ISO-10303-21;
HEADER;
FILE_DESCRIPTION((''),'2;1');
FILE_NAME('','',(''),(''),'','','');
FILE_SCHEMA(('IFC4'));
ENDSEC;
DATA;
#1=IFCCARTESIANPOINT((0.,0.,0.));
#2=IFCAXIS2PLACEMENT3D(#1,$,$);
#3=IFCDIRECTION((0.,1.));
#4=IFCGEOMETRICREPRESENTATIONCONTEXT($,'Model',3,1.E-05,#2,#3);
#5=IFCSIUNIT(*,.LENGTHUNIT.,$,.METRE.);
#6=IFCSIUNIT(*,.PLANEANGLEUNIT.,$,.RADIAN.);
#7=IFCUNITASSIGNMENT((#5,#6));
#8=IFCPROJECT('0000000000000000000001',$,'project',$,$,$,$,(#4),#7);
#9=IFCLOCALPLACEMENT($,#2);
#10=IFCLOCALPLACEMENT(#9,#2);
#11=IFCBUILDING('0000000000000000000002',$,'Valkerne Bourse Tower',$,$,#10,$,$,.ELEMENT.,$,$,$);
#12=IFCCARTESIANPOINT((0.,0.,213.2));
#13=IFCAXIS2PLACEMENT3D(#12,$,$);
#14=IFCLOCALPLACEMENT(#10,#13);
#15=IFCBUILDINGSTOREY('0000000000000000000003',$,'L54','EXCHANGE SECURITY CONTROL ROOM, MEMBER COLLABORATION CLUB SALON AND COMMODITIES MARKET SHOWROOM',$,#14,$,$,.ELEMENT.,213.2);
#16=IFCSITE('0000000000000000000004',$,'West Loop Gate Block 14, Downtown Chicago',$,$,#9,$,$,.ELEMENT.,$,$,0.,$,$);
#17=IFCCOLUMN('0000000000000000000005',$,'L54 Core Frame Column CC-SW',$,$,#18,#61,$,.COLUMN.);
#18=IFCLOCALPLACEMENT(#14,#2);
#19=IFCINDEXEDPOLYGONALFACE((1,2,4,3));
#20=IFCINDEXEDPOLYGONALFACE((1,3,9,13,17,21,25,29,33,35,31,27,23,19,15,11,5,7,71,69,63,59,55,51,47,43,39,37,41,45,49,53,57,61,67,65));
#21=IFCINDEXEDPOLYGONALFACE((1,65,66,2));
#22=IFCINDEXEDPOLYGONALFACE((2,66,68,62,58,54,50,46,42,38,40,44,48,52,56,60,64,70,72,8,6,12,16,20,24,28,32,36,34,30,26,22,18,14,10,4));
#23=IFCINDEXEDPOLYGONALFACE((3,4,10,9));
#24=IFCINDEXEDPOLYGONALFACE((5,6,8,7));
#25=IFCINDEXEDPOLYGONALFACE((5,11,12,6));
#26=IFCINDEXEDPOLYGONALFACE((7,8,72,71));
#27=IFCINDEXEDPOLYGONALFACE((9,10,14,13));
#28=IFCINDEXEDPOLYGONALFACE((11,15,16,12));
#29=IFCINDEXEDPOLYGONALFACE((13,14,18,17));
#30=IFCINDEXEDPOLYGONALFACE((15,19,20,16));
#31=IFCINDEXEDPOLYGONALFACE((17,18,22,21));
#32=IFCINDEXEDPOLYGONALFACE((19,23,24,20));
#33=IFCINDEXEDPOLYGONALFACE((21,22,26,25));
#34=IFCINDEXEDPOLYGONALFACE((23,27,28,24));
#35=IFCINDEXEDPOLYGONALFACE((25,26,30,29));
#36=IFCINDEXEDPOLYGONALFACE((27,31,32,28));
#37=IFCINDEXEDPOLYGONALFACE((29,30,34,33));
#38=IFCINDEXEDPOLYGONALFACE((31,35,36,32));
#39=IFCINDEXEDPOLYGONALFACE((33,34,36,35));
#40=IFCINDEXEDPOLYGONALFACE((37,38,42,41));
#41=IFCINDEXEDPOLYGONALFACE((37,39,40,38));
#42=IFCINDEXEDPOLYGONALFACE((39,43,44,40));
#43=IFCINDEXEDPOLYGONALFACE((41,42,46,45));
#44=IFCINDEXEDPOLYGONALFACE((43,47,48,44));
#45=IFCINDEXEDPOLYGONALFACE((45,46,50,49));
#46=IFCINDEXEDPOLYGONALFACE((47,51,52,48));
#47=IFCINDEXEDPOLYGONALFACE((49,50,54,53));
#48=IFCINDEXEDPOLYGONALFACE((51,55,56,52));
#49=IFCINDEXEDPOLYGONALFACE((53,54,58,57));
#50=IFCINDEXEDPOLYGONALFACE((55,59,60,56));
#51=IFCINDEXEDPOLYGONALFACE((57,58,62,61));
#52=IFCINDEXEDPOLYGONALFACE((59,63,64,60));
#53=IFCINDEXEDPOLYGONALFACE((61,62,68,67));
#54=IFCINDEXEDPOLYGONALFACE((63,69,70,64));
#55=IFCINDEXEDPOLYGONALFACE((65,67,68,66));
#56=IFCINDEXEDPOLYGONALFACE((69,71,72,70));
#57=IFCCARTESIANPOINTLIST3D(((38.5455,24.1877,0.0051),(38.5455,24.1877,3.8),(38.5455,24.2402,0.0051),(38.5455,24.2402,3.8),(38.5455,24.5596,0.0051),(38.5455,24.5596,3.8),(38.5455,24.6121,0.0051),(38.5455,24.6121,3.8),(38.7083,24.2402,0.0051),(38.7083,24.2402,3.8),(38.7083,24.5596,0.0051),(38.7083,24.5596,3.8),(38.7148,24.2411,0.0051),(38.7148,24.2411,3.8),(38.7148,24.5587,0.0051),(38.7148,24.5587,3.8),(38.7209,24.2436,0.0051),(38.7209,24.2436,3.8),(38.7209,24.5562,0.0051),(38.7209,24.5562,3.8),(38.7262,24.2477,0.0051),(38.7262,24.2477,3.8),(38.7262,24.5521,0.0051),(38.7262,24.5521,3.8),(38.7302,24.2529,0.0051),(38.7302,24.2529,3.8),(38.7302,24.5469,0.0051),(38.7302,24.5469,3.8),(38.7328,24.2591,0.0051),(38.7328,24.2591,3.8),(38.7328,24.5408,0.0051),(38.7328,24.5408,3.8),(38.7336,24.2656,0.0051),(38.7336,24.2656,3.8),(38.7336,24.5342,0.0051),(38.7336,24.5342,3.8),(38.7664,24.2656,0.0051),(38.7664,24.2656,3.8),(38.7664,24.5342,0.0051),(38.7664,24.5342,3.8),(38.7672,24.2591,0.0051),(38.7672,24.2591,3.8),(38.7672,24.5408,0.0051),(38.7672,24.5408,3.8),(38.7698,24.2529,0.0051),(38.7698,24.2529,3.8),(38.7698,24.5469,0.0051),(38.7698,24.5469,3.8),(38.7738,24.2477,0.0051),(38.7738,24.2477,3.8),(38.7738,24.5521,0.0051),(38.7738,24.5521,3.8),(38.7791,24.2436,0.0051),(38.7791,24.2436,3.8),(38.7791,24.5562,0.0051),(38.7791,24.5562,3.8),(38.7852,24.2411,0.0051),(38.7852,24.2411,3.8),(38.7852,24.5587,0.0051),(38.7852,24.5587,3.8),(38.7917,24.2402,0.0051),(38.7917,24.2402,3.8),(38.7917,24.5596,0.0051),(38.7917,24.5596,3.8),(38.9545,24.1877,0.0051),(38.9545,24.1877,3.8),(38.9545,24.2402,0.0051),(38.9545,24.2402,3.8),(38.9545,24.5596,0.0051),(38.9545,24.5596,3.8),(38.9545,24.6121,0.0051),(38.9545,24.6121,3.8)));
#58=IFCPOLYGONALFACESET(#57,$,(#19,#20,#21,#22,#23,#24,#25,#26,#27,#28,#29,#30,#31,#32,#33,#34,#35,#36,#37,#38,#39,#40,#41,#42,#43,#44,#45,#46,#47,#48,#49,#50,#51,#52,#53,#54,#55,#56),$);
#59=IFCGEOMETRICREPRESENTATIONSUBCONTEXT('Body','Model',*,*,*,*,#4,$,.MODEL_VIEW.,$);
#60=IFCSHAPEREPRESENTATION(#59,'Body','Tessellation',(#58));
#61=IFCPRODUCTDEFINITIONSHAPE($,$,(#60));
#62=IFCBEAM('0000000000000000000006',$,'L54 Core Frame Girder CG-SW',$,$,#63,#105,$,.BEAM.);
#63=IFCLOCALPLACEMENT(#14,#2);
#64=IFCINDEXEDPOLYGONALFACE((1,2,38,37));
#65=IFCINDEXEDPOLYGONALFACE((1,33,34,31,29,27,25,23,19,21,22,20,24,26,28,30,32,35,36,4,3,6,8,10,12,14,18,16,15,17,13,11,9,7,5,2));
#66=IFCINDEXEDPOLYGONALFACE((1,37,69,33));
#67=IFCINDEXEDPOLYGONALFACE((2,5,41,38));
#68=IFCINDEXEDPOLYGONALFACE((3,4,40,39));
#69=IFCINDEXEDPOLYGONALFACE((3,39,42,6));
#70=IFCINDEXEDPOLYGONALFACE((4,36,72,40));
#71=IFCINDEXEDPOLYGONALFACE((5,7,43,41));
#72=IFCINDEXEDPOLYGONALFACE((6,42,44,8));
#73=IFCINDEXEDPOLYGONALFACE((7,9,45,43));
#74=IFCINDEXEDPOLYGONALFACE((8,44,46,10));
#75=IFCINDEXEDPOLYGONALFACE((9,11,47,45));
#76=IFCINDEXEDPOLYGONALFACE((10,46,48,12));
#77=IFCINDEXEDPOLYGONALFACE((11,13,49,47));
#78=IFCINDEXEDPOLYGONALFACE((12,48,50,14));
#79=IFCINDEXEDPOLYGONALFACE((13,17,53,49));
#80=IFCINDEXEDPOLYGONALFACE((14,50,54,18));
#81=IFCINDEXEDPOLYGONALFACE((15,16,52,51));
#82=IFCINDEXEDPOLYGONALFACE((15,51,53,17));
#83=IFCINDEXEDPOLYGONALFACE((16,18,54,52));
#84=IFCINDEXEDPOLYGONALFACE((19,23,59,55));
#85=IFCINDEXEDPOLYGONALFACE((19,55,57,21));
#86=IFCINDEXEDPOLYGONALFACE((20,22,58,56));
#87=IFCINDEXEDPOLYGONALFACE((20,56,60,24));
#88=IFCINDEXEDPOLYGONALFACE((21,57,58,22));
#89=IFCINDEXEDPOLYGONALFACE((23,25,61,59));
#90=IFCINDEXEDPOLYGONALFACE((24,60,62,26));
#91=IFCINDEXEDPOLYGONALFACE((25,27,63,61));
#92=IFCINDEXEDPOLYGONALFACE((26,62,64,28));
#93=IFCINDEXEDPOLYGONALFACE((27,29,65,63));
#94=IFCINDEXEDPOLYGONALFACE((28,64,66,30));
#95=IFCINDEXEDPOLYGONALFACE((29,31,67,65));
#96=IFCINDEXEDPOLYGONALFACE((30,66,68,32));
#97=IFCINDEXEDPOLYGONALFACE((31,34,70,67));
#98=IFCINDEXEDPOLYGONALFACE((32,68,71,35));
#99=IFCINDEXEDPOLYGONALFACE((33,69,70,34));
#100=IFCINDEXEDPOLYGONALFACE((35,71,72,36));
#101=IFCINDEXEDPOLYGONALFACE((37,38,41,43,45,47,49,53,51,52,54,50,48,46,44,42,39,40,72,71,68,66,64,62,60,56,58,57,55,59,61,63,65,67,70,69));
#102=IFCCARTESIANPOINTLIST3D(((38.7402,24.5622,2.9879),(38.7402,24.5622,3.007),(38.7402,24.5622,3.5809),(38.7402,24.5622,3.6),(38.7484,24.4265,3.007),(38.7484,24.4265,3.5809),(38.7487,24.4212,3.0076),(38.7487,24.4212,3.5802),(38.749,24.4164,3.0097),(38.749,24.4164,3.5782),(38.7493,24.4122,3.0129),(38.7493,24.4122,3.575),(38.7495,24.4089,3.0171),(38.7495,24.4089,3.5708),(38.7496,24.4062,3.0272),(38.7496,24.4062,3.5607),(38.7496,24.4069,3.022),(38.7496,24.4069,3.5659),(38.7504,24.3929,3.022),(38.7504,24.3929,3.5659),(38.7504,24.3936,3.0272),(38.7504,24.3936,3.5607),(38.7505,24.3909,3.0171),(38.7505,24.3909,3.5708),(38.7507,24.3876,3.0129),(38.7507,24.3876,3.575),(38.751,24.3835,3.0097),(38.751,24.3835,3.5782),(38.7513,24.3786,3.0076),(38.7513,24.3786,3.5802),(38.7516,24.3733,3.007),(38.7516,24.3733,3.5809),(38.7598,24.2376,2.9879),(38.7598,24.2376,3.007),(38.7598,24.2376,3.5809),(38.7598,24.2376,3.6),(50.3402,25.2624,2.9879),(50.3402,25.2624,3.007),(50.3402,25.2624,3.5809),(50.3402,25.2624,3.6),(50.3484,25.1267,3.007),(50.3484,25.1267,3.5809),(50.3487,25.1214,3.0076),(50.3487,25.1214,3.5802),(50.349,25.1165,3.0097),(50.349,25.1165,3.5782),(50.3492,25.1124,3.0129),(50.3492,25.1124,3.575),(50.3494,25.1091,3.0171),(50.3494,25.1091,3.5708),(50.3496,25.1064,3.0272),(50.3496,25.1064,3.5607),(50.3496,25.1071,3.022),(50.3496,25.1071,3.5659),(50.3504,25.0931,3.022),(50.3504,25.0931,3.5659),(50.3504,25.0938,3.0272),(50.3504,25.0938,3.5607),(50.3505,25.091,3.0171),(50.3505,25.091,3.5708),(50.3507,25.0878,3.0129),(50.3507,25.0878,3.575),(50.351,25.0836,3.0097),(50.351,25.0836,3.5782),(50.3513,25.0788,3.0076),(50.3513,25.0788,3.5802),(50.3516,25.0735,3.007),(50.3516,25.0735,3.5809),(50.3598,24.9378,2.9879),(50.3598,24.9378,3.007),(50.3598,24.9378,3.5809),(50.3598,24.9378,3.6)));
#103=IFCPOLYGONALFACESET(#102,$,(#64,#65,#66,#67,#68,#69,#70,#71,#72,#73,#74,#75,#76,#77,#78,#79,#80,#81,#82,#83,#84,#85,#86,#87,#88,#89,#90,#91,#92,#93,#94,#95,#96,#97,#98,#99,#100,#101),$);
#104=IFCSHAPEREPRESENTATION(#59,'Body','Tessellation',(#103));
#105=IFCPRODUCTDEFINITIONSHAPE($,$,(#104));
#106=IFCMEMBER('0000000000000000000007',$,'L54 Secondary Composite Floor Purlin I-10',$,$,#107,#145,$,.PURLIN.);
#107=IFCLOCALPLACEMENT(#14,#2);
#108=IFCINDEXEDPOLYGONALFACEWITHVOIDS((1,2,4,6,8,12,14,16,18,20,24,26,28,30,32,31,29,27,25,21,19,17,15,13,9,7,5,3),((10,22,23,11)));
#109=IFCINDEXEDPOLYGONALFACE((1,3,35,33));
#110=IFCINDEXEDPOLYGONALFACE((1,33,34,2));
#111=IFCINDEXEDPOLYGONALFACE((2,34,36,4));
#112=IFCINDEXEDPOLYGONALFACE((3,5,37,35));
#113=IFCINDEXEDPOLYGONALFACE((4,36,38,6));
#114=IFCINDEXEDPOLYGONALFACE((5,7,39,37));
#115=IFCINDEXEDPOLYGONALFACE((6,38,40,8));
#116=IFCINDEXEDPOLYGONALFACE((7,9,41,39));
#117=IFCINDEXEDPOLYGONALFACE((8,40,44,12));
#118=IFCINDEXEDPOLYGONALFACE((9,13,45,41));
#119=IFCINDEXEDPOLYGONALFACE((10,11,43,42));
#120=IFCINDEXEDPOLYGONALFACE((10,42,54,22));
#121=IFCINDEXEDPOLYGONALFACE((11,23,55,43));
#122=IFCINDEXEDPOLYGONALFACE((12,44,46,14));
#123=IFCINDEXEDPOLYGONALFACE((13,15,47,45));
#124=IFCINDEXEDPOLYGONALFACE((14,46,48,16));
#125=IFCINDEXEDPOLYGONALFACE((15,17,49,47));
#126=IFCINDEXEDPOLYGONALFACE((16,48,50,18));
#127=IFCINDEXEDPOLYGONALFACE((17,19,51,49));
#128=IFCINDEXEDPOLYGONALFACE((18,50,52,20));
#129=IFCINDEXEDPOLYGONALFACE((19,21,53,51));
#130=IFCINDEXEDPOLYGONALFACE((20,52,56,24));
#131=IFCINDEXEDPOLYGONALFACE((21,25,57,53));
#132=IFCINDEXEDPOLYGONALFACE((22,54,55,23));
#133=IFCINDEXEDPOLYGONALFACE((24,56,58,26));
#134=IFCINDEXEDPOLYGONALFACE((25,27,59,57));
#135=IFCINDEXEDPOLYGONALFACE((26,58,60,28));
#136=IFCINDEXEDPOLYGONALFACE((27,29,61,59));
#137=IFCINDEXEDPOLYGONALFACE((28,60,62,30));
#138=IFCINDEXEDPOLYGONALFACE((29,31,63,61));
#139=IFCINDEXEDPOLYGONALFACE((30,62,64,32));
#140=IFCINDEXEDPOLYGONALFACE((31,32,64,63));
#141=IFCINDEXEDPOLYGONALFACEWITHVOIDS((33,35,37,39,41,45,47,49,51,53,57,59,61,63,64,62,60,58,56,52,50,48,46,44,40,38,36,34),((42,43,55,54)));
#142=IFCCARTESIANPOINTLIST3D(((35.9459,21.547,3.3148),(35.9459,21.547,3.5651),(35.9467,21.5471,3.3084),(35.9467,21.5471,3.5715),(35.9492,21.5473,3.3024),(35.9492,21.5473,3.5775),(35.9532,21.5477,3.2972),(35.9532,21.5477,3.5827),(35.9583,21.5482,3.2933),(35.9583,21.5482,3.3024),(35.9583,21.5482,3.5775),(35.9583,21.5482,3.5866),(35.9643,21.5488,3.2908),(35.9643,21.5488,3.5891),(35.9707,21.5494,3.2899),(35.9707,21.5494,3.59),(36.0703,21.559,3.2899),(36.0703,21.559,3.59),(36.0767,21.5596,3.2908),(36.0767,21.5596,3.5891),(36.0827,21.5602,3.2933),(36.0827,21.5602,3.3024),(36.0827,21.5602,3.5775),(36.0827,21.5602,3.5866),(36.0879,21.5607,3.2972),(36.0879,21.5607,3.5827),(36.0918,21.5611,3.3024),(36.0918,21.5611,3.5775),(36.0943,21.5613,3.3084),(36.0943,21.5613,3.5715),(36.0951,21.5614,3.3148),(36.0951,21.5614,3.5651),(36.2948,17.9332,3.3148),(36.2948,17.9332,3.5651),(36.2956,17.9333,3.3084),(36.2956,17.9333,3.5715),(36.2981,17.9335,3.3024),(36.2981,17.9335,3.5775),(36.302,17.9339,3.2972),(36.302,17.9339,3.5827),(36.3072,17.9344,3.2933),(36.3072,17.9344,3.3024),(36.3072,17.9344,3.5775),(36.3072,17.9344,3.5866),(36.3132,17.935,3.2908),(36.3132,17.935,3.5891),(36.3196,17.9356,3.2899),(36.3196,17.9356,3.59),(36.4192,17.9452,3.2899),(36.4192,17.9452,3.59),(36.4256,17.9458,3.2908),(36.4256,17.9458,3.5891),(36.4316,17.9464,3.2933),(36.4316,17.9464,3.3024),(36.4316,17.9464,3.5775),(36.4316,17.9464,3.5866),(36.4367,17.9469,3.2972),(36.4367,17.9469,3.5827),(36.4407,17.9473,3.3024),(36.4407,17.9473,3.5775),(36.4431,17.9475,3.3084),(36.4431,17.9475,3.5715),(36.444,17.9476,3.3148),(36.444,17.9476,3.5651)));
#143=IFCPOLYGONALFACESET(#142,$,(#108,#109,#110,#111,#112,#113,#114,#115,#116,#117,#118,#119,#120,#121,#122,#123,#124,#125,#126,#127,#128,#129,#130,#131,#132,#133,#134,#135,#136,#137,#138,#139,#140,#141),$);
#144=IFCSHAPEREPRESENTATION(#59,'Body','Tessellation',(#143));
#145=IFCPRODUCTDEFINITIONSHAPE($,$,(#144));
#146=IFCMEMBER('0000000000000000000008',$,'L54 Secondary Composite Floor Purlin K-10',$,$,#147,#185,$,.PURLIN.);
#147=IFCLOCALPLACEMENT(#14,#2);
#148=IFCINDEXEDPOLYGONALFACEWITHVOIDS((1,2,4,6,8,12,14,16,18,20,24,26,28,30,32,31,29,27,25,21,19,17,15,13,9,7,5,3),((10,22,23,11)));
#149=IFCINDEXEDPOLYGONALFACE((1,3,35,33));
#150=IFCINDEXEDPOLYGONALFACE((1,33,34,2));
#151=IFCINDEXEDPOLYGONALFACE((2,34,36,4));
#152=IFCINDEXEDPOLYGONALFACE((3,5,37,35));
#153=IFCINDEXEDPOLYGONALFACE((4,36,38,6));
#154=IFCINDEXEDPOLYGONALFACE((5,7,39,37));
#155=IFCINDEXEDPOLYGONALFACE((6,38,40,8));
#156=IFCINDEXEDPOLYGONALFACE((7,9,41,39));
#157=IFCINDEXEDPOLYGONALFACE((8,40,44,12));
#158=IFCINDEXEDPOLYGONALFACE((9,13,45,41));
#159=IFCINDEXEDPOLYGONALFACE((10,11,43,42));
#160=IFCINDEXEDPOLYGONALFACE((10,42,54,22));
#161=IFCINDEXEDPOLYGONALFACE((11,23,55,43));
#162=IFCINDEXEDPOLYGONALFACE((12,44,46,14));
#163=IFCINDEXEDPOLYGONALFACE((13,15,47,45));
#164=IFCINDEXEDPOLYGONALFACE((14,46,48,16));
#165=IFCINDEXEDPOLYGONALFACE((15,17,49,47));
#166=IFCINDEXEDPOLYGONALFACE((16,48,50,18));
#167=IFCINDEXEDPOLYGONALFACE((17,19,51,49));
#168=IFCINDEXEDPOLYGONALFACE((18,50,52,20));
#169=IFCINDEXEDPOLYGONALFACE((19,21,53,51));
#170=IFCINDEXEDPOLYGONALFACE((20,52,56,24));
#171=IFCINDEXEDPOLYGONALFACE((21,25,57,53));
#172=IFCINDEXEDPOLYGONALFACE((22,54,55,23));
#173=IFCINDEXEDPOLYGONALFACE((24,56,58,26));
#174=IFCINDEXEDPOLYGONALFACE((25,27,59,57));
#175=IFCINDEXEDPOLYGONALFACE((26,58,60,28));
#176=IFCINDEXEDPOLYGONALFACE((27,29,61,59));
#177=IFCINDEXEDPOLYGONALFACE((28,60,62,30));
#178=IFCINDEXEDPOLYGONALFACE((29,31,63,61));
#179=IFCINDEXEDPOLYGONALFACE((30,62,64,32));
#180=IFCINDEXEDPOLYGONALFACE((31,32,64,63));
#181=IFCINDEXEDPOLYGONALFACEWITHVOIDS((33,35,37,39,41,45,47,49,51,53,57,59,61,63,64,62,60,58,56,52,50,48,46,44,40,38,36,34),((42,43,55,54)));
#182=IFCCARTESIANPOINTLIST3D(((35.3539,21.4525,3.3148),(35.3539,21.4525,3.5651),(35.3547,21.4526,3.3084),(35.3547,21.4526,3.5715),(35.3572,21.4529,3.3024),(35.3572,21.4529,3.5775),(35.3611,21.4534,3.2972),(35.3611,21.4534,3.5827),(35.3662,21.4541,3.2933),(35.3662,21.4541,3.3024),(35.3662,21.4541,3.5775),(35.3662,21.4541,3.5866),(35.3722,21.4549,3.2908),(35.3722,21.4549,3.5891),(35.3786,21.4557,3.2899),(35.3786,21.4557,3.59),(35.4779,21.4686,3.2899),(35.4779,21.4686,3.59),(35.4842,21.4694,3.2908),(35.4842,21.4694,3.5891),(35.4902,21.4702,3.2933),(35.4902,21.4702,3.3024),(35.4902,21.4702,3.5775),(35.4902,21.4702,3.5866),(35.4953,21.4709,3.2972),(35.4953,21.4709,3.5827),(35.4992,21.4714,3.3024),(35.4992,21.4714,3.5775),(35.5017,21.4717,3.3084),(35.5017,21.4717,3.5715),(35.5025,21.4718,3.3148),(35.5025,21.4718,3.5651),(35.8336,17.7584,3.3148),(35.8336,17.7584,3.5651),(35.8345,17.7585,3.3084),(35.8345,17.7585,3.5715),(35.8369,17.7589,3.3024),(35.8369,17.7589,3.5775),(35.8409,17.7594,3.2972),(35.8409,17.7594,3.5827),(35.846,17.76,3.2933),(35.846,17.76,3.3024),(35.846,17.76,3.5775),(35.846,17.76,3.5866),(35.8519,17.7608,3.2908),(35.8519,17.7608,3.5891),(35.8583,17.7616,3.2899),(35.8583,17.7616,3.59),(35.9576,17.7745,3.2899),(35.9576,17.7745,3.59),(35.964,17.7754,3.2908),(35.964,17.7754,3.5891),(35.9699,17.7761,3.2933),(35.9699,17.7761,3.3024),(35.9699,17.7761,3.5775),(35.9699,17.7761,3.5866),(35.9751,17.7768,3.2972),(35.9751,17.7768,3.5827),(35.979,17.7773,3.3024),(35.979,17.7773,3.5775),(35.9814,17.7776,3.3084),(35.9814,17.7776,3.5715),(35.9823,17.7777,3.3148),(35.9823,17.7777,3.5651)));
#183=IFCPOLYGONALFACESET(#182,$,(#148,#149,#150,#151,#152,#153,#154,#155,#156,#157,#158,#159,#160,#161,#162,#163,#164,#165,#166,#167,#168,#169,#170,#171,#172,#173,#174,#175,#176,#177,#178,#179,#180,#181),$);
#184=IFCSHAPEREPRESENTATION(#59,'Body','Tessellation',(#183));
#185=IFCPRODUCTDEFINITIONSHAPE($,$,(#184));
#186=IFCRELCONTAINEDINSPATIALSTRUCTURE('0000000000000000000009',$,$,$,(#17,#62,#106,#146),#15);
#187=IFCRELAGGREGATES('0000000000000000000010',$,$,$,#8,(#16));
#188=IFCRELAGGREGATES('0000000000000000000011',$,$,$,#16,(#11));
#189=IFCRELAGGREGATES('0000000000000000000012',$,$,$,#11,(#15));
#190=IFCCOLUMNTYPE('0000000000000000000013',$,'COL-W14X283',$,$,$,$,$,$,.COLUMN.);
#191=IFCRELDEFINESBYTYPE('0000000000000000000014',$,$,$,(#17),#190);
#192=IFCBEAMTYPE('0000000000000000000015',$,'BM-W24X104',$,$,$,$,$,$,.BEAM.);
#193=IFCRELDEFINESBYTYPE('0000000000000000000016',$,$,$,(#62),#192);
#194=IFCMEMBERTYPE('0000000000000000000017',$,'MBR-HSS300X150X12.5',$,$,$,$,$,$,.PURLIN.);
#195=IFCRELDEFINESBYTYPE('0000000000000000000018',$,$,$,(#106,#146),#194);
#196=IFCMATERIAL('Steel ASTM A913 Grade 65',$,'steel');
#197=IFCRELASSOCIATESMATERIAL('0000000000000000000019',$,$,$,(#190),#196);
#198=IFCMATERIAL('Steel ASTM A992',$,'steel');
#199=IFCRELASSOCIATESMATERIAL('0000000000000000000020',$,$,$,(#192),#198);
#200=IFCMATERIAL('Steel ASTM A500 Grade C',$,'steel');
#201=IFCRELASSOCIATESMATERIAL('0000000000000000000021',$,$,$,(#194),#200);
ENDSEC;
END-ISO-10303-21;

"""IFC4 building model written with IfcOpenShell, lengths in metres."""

from ifc_helpers import new_model, si_unit, direction, frame, origin, origin_2d, place, context, subcontext, project, spatial, hollow_rectangle, i_section, extrude, material, material_profile, profile_set, type_object, element, save


model = new_model("IFC4")

# Units and contexts
model_context = context("Model", 3, precision=1e-05, world=origin(), true_north=direction((0.0, 1.0)))
body_context = subcontext(model_context, "Body", "Model", "MODEL_VIEW")
ifc_project = project(units=[si_unit("LENGTHUNIT", "METRE"), si_unit("PLANEANGLEUNIT", "RADIAN")], contexts=[model_context])

# Site, building, storey
site_placement = place(None, origin())
site = spatial("IfcSite", under=ifc_project, at=site_placement, Name="West Loop Gate Block 14, Downtown Chicago", CompositionType="ELEMENT", RefElevation=0.0)
building_placement = place(site_placement, origin())
building = spatial("IfcBuilding", under=site, at=building_placement, Name="Valkerne Bourse Tower", CompositionType="ELEMENT")
storey_placement = place(building_placement, frame((0.0, 0.0, 213.2)))
storey = spatial("IfcBuildingStorey", under=building, at=storey_placement, Name="L54", Description="EXCHANGE SECURITY CONTROL ROOM, MEMBER COLLABORATION CLUB SALON AND COMMODITIES MARKET SHOWROOM", CompositionType="ELEMENT", Elevation=213.2)

# Column
ifc_material_1 = material(Name="Steel ASTM A913 Grade 65", Category="steel")
ifc_material_profile_1 = material_profile(ifc_material_1, i_section(OverallWidth=0.4089, OverallDepth=0.4243, WebThickness=0.0327, FlangeThickness=0.0525, FilletRadius=0.0254, at=origin_2d()), Name="W14X283")
ifc_profile_set_1 = profile_set([ifc_material_profile_1], Name="Steel ASTM A913 Grade 65")
column_type = type_object("IfcColumnType", Name="COL-W14X283", PredefinedType="COLUMN", material=ifc_profile_set_1)
column_placement = place(storey_placement, frame((38.75, 24.3999, 0.0051), z_axis=(0.0, 0.0, 1.0), x_axis=(1.0, 0.0, 0.0)))
element("IfcColumn", 1, at=column_placement, inside=storey, type_object=column_type, Name="L54 Core Frame Column CC-SW", PredefinedType="COLUMN", context=body_context, shape_type="SweptSolid", body=[
    extrude(i_section(OverallWidth=0.4089, OverallDepth=0.4243, WebThickness=0.0327, FlangeThickness=0.0525, FilletRadius=0.0254, at=origin_2d()), origin(), (0.0, 0.0, 1.0), 3.7949),
])

# Beam
ifc_material_2 = material(Name="Steel ASTM A992", Category="steel")
ifc_material_profile_2 = material_profile(ifc_material_2, i_section(OverallWidth=0.3252, OverallDepth=0.6121, WebThickness=0.0127, FlangeThickness=0.019, FilletRadius=0.0203, at=origin_2d()), Name="W24X104")
ifc_profile_set_2 = profile_set([ifc_material_profile_2], Name="Steel ASTM A992")
beam_type = type_object("IfcBeamType", Name="BM-W24X104", PredefinedType="BEAM", material=ifc_profile_set_2)
beam_placement = place(storey_placement, frame((38.75, 24.3999, 3.2939), z_axis=(0.998183, 0.060251, 0.0), x_axis=(-0.060251, 0.998183, 0.0)))
element("IfcBeam", 2, at=beam_placement, inside=storey, type_object=beam_type, Name="L54 Core Frame Girder CG-SW", PredefinedType="BEAM", context=body_context, shape_type="SweptSolid", body=[
    extrude(i_section(OverallWidth=0.3252, OverallDepth=0.6121, WebThickness=0.0127, FlangeThickness=0.019, FilletRadius=0.0203, at=origin_2d()), origin(), (0.0, 0.0, 1.0), 11.6211),
])

# Members
ifc_material_3 = material(Name="Steel ASTM A500 Grade C", Category="steel")
ifc_material_profile_3 = material_profile(ifc_material_3, hollow_rectangle(XDim=0.1499, YDim=0.3, WallThickness=0.0125, OuterFilletRadius=0.0249, at=origin_2d()), Name="HSS300X150X12.5")
ifc_profile_set_3 = profile_set([ifc_material_profile_3], Name="Steel ASTM A500 Grade C")
member_type = type_object("IfcMemberType", Name="MBR-HSS300X150X12.5", PredefinedType="PURLIN", material=ifc_profile_set_3)
member_1_placement = place(storey_placement, frame((36.0205, 21.5542, 3.4399), z_axis=(0.096094, -0.995372, 0.0), x_axis=(0.995372, 0.096094, 0.0)))
element("IfcMember", 3, at=member_1_placement, inside=storey, type_object=member_type, Name="L54 Secondary Composite Floor Purlin I-10", PredefinedType="PURLIN", context=body_context, shape_type="SweptSolid", body=[
    extrude(hollow_rectangle(XDim=0.1499, YDim=0.3, WallThickness=0.0125, OuterFilletRadius=0.0249, at=origin_2d()), origin(), (0.0, 0.0, 1.0), 3.6306),
])
member_2_placement = place(storey_placement, frame((35.4282, 21.4622, 3.4399), z_axis=(0.128784, -0.991673, 0.0), x_axis=(0.991673, 0.128784, 0.0)))
element("IfcMember", 4, at=member_2_placement, inside=storey, type_object=member_type, Name="L54 Secondary Composite Floor Purlin K-10", PredefinedType="PURLIN", context=body_context, shape_type="SweptSolid", body=[
    extrude(hollow_rectangle(XDim=0.1499, YDim=0.3, WallThickness=0.0125, OuterFilletRadius=0.0249, at=origin_2d()), origin(), (0.0, 0.0, 1.0), 3.7251),
])

save(model, "model.ifc")
